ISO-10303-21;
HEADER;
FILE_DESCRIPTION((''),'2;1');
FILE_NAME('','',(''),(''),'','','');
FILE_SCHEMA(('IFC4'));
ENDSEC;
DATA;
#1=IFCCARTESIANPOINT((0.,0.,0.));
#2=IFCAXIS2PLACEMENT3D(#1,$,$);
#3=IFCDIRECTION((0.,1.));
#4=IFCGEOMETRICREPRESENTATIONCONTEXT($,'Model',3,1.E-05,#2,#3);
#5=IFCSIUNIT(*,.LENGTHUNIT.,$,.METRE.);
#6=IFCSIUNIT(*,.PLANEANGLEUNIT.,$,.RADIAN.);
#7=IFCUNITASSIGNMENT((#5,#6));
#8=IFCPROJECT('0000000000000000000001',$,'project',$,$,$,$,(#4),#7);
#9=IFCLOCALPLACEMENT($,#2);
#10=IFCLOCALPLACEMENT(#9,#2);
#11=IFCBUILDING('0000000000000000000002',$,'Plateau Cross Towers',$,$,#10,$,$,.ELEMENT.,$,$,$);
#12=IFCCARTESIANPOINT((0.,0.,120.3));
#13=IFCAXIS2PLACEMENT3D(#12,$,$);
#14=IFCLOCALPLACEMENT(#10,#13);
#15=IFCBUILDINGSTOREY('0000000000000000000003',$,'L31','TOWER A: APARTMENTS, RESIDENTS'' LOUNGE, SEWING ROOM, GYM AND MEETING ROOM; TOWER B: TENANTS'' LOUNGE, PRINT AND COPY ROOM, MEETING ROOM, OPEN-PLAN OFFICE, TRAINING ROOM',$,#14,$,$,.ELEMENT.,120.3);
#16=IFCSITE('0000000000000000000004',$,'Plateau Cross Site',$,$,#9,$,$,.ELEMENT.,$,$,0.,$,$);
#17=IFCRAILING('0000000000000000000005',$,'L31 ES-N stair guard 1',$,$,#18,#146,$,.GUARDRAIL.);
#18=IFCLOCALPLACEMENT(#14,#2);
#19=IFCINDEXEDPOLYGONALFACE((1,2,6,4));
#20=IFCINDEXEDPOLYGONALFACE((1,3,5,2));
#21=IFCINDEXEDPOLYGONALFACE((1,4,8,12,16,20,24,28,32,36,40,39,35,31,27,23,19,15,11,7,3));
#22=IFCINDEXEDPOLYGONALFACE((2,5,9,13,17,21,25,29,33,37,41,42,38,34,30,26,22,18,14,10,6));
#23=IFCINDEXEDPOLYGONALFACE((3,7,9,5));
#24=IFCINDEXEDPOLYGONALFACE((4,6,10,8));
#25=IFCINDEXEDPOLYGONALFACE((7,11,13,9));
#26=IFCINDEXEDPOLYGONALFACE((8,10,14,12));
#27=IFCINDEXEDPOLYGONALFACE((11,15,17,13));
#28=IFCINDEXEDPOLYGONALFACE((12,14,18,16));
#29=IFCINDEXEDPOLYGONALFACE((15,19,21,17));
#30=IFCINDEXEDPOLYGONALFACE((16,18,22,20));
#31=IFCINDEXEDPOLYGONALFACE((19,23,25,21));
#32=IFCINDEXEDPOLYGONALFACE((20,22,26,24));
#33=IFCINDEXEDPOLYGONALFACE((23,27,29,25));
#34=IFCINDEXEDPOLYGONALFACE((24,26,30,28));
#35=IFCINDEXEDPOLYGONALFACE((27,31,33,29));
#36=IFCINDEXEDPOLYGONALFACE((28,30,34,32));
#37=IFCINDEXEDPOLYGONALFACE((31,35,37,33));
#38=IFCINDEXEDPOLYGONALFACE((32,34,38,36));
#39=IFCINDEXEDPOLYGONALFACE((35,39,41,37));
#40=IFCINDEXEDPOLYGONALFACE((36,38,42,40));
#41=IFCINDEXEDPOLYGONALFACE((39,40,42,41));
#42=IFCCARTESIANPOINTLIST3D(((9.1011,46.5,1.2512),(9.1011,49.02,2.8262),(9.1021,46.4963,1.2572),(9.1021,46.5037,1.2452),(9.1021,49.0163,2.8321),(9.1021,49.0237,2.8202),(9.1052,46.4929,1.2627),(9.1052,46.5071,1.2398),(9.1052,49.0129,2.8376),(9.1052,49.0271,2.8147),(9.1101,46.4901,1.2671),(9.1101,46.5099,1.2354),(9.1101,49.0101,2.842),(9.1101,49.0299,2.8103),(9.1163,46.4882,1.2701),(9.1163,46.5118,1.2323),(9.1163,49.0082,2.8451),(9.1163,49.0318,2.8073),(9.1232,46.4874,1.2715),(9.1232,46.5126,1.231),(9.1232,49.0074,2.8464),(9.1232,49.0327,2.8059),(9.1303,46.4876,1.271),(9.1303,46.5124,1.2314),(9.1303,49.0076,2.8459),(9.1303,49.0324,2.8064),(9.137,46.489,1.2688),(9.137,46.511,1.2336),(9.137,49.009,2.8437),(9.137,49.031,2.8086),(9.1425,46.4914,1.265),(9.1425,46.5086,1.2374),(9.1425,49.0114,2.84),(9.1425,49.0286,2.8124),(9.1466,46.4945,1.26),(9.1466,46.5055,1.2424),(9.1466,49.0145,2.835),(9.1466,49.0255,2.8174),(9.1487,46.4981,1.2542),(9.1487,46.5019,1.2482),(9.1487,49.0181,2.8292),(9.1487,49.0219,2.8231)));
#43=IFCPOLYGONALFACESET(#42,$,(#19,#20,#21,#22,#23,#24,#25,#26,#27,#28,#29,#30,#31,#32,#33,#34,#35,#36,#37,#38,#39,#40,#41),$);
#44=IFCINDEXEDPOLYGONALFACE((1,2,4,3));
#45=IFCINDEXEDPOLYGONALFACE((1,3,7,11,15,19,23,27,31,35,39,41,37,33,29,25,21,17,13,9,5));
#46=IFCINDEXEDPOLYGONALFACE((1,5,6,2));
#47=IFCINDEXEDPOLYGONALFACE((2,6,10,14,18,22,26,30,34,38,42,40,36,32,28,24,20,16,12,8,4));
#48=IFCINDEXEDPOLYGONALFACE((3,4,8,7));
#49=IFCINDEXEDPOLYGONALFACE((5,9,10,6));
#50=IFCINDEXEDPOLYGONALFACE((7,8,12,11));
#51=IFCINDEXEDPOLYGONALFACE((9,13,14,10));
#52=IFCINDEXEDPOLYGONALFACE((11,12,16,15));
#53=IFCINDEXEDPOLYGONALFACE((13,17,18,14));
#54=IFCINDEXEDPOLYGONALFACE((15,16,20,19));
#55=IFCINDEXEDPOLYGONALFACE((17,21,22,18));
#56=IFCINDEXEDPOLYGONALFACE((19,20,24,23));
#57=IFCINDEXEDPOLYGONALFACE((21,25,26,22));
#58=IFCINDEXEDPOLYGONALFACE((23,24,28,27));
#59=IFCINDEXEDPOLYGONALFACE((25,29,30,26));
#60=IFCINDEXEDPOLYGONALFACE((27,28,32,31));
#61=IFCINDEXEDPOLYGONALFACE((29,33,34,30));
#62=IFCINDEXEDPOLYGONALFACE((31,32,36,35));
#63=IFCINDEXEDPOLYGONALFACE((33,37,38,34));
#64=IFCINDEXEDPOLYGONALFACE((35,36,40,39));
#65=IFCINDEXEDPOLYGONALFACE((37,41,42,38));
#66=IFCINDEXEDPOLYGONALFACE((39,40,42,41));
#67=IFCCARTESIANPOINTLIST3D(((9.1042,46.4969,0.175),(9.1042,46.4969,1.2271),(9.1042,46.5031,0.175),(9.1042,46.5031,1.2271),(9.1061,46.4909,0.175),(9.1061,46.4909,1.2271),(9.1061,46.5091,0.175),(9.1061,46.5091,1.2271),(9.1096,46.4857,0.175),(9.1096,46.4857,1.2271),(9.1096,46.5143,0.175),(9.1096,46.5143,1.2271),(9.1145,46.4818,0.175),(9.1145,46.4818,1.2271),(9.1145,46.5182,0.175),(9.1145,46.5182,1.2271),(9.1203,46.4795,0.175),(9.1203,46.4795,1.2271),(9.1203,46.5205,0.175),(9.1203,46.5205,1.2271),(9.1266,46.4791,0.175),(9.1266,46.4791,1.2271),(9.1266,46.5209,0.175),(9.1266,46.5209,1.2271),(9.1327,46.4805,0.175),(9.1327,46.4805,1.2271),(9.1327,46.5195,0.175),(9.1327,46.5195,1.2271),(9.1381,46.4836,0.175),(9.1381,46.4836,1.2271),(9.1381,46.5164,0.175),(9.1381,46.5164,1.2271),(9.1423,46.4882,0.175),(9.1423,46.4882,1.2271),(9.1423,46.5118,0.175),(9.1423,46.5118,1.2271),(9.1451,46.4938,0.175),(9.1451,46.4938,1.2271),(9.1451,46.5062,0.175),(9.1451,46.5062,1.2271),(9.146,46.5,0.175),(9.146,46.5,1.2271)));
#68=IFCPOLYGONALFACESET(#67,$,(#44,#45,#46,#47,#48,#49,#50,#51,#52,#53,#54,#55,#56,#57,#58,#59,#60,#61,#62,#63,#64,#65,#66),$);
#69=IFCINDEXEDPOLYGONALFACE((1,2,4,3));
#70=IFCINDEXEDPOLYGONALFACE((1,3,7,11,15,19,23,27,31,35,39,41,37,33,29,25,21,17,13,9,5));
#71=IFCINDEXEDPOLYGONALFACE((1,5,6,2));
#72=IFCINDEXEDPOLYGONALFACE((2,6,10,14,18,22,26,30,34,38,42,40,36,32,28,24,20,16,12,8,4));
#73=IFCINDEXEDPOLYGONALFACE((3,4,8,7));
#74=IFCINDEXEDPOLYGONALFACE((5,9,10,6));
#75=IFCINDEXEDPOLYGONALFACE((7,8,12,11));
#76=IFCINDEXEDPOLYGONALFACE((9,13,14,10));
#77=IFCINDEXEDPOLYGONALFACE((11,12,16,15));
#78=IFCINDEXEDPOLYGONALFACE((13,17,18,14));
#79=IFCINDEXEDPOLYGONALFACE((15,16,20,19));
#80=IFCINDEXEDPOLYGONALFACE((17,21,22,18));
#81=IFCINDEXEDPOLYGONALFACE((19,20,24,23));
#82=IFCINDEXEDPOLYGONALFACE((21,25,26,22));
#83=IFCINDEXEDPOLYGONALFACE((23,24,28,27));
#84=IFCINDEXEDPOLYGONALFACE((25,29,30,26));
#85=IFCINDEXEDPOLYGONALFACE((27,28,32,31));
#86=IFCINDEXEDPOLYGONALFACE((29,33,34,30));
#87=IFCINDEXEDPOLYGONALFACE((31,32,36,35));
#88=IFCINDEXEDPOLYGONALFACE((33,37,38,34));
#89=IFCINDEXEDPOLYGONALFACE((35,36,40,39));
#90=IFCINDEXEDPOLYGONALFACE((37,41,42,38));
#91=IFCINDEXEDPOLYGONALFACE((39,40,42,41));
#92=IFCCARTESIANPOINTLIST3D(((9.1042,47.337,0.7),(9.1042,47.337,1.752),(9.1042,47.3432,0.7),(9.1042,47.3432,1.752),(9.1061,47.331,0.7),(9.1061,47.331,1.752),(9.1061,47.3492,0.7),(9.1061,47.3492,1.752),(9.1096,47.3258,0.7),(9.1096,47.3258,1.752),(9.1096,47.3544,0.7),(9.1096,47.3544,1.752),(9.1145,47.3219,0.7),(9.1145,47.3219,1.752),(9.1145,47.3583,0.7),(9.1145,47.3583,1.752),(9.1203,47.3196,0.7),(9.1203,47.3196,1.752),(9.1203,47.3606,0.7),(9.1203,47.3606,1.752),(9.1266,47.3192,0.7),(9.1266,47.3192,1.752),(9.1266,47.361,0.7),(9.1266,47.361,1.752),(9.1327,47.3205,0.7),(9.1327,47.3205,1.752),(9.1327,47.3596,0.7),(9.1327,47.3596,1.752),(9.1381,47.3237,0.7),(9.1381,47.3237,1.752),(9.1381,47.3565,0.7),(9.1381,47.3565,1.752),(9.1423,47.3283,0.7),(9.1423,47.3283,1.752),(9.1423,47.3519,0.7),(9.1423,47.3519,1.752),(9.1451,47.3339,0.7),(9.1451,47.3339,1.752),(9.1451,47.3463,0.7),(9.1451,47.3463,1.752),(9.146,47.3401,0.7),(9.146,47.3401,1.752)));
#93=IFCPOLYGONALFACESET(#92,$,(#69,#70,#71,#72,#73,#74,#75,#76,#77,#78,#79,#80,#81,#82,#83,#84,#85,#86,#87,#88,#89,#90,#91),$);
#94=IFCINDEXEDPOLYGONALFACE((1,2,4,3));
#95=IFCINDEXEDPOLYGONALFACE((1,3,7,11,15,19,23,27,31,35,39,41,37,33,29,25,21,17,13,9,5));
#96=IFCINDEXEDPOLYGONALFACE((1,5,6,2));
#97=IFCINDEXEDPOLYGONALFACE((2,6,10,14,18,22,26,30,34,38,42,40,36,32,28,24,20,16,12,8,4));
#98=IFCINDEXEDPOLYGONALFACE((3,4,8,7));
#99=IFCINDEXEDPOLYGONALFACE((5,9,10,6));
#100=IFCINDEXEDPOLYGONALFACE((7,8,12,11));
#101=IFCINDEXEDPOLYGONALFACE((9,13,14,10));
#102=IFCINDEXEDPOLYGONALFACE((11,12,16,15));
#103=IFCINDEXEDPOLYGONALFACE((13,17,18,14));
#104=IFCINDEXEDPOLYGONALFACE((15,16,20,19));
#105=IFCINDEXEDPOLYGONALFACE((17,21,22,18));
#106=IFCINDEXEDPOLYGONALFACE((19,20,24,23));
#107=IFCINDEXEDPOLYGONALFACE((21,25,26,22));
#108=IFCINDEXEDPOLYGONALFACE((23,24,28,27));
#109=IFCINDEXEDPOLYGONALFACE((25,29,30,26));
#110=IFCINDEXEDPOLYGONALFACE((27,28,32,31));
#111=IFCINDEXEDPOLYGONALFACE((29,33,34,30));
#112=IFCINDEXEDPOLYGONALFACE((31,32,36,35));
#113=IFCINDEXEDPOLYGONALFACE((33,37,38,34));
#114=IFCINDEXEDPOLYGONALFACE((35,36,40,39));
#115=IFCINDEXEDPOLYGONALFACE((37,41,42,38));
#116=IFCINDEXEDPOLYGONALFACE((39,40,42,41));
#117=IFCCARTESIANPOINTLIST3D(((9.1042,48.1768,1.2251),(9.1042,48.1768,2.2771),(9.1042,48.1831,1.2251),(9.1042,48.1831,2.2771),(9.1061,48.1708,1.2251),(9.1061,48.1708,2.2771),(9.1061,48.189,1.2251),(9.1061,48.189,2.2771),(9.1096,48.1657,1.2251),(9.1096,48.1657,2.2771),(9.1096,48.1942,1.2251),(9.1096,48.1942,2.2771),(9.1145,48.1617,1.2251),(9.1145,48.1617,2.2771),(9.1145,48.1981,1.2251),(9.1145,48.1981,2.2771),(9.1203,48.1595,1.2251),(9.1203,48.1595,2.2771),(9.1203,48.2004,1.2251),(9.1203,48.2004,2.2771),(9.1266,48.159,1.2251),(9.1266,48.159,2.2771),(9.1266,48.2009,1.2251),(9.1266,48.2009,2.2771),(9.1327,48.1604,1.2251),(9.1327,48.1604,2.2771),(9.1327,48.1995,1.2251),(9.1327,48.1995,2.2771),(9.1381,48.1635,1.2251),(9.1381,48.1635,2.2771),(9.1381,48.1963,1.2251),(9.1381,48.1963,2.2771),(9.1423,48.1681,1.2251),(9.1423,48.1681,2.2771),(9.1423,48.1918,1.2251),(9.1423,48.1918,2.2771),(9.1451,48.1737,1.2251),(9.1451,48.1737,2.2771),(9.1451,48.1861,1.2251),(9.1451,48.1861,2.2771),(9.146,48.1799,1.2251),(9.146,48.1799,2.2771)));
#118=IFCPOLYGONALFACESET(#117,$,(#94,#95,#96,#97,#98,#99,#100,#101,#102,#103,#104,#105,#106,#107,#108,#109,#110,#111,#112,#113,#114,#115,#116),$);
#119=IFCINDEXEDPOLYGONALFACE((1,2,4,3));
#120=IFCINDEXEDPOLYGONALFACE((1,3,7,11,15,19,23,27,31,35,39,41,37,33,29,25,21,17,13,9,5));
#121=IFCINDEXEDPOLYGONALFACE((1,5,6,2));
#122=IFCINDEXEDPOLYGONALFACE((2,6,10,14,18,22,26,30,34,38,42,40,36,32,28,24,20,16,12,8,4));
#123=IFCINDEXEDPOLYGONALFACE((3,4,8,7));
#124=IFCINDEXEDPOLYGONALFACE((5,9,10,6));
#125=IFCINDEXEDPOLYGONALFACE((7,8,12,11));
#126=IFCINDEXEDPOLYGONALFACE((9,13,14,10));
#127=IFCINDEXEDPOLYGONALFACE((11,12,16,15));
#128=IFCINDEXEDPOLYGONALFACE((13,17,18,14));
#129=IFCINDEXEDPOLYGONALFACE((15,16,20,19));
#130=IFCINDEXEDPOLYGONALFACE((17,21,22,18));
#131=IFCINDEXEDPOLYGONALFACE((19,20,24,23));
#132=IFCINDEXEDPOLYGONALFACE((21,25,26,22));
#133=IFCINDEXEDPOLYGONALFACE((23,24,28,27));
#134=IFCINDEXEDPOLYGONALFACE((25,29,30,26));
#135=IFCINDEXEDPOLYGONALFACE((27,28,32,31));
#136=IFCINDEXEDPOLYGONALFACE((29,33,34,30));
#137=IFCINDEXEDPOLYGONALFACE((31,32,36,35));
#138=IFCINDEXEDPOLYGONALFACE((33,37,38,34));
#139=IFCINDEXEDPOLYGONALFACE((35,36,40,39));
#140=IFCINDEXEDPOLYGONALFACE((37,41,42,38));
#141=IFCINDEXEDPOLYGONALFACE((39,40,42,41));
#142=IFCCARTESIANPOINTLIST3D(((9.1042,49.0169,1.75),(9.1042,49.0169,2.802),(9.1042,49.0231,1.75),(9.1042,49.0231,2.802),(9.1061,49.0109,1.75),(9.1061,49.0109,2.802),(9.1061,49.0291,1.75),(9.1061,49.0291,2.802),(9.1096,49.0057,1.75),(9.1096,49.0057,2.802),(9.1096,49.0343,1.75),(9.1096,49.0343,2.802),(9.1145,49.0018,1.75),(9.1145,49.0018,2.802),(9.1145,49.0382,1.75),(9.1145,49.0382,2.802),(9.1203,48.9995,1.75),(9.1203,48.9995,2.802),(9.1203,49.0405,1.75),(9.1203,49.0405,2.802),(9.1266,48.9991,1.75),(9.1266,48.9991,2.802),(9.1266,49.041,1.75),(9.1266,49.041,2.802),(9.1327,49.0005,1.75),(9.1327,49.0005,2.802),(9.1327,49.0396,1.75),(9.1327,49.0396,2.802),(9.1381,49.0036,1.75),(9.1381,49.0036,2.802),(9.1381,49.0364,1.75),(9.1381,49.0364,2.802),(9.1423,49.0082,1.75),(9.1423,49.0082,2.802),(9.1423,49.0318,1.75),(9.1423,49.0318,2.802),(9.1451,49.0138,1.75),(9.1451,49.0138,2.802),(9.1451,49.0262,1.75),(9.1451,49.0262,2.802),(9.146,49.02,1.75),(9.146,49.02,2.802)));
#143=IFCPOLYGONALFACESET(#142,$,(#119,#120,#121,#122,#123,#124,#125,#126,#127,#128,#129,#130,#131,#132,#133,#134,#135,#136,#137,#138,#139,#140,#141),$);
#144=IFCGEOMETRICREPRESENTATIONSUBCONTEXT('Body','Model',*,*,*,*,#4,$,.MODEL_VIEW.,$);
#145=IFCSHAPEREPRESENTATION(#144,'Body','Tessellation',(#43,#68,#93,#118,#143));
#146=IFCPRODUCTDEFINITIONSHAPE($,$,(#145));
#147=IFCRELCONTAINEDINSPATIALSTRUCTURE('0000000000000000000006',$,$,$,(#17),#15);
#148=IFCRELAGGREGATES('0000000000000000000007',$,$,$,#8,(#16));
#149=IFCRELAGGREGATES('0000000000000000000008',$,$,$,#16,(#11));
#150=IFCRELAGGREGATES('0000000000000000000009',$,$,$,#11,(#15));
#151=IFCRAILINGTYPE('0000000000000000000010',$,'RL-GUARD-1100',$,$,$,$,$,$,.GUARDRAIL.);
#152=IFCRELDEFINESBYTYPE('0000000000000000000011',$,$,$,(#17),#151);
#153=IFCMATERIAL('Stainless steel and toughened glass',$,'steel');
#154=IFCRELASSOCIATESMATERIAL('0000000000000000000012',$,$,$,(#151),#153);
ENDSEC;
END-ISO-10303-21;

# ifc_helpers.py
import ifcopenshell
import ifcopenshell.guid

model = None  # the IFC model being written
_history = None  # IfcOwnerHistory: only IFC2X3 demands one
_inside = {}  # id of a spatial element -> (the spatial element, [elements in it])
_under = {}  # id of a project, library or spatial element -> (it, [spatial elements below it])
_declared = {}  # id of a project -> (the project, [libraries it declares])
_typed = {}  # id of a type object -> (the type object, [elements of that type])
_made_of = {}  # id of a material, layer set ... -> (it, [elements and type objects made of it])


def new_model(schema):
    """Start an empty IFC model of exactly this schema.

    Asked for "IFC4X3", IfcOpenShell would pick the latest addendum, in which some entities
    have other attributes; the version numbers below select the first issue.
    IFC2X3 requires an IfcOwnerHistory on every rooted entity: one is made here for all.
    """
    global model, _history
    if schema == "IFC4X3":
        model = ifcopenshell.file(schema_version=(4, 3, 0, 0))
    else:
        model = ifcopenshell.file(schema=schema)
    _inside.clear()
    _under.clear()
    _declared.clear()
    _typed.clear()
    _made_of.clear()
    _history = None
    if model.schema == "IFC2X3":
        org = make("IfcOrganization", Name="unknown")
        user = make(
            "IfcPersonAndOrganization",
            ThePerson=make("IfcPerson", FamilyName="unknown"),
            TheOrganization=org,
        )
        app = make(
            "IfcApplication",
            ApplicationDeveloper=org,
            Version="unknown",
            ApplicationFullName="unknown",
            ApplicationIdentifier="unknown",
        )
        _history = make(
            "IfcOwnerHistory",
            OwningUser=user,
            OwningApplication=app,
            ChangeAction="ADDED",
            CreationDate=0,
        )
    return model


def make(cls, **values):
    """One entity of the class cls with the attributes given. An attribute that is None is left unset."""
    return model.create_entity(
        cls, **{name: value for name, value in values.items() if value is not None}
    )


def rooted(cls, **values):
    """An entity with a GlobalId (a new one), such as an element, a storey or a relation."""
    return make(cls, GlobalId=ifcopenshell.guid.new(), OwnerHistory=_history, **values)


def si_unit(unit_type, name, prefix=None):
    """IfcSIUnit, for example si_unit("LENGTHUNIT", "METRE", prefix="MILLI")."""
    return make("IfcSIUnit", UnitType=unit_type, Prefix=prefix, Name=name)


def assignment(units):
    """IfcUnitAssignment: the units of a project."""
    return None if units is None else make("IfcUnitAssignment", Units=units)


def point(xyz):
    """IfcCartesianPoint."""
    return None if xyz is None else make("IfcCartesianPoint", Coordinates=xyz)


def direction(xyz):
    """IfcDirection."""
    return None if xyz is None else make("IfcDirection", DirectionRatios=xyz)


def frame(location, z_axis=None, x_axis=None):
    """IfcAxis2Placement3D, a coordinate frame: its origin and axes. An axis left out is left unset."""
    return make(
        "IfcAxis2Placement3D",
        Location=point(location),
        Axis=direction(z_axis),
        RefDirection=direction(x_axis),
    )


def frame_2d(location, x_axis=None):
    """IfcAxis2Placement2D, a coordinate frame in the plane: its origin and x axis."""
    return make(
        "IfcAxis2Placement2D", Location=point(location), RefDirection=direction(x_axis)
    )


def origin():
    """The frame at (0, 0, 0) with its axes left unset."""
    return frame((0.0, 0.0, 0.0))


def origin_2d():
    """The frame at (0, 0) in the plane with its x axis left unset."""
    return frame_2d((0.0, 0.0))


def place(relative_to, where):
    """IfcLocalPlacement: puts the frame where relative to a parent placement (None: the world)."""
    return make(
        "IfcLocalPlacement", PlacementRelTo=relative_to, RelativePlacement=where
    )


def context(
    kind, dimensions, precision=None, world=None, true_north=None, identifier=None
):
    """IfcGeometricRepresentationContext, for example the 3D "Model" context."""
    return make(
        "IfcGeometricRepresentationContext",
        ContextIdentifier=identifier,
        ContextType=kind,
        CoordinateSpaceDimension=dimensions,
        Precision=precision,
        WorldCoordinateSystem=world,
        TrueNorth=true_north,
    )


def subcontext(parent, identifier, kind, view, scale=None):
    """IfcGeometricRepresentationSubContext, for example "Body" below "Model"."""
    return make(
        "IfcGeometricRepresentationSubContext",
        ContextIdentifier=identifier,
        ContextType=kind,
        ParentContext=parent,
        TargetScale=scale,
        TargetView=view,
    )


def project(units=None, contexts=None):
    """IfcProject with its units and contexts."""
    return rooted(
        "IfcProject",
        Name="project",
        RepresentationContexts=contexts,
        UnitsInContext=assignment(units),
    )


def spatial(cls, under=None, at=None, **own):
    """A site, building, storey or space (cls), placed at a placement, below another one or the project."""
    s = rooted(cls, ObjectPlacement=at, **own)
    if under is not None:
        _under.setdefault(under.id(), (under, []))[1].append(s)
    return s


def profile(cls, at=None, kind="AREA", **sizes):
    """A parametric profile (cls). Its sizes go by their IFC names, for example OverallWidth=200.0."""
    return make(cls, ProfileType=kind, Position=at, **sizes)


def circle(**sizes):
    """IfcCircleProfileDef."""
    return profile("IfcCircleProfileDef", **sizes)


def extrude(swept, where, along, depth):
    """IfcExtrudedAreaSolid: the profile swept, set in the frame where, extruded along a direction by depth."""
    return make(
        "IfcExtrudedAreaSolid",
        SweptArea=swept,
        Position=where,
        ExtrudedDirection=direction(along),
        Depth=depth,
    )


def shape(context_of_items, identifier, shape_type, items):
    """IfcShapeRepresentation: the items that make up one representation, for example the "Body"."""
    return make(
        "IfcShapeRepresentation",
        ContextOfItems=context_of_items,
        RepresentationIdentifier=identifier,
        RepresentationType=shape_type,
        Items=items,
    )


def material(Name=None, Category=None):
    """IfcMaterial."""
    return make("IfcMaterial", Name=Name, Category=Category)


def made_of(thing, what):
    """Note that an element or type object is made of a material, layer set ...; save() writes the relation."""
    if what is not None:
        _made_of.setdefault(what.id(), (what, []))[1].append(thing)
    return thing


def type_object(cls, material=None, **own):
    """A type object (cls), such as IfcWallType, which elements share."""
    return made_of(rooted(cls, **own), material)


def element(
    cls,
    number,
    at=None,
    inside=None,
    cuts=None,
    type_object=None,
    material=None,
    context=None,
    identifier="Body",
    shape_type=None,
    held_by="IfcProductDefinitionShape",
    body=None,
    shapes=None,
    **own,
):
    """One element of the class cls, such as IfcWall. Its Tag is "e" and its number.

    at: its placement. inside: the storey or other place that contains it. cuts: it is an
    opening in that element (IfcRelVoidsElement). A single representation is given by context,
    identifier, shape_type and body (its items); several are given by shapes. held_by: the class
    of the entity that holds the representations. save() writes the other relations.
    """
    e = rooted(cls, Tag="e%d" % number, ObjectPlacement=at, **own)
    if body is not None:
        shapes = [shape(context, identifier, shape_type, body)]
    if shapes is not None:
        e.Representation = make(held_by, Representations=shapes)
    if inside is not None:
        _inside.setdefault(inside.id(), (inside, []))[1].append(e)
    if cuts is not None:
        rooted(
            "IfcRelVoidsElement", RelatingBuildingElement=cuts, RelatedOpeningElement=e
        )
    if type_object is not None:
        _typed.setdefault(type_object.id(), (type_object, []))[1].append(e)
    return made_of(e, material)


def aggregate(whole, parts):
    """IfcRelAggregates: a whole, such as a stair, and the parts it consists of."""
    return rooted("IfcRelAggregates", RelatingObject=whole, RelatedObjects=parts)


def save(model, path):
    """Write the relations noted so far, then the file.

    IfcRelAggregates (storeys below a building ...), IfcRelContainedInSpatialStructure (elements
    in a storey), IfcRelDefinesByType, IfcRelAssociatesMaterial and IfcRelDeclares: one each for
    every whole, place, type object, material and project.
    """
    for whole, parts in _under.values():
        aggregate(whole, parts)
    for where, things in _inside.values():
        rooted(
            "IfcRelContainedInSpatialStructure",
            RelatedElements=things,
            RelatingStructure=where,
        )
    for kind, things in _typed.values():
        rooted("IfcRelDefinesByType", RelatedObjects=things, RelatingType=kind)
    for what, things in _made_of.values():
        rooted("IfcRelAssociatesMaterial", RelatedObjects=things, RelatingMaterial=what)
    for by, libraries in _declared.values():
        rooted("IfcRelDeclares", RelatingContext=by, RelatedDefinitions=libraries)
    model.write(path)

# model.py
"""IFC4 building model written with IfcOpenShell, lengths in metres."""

from ifc_helpers import new_model, si_unit, direction, frame, origin, origin_2d, place, context, subcontext, project, spatial, circle, extrude, material, type_object, element, save


model = new_model("IFC4")

# Units and contexts
model_context = context("Model", 3, precision=1e-05, world=origin(), true_north=direction((0.0, 1.0)))
body_context = subcontext(model_context, "Body", "Model", "MODEL_VIEW")
ifc_project = project(units=[si_unit("LENGTHUNIT", "METRE"), si_unit("PLANEANGLEUNIT", "RADIAN")], contexts=[model_context])

# Site, building, storey
site_placement = place(None, origin())
site = spatial("IfcSite", under=ifc_project, at=site_placement, Name="Plateau Cross Site", CompositionType="ELEMENT", RefElevation=0.0)
building_placement = place(site_placement, origin())
building = spatial("IfcBuilding", under=site, at=building_placement, Name="Plateau Cross Towers", CompositionType="ELEMENT")
storey_placement = place(building_placement, frame((0.0, 0.0, 120.3)))
storey = spatial("IfcBuildingStorey", under=building, at=storey_placement, Name="L31", Description="TOWER A: APARTMENTS, RESIDENTS' LOUNGE, SEWING ROOM, GYM AND MEETING ROOM; TOWER B: TENANTS' LOUNGE, PRINT AND COPY ROOM, MEETING ROOM, OPEN-PLAN OFFICE, TRAINING ROOM", CompositionType="ELEMENT", Elevation=120.3)

# Railing
ifc_material_1 = material(Name="Stainless steel and toughened glass", Category="steel")
railing_type_1 = type_object("IfcRailingType", Name="RL-GUARD-1100", PredefinedType="GUARDRAIL", material=ifc_material_1)
railing_1_placement = place(storey_placement, frame((9.125, 46.5, 0.175)))
element("IfcRailing", 1, at=railing_1_placement, inside=storey, type_object=railing_type_1, Name="L31 ES-N stair guard 1", PredefinedType="GUARDRAIL", context=body_context, shape_type="SweptSolid", body=[
    extrude(circle(Radius=0.0239, at=origin_2d()), frame((0.0, 0.0, 1.0762), z_axis=(0.0, 0.848008, 0.529984), x_axis=(-1.0, 0.0, 0.0)), (0.0, 0.0, 1.0), 2.9717),
    extrude(circle(Radius=0.021, at=origin_2d()), origin(), (0.0, 0.0, 1.0), 1.052),
    extrude(circle(Radius=0.021, at=origin_2d()), frame((0.0, 0.8401, 0.5249)), (0.0, 0.0, 1.0), 1.052),
    extrude(circle(Radius=0.021, at=origin_2d()), frame((0.0, 1.6799, 1.05)), (0.0, 0.0, 1.0), 1.052),
    extrude(circle(Radius=0.021, at=origin_2d()), frame((0.0, 2.52, 1.575)), (0.0, 0.0, 1.0), 1.052),
])

save(model, "model.ifc")
